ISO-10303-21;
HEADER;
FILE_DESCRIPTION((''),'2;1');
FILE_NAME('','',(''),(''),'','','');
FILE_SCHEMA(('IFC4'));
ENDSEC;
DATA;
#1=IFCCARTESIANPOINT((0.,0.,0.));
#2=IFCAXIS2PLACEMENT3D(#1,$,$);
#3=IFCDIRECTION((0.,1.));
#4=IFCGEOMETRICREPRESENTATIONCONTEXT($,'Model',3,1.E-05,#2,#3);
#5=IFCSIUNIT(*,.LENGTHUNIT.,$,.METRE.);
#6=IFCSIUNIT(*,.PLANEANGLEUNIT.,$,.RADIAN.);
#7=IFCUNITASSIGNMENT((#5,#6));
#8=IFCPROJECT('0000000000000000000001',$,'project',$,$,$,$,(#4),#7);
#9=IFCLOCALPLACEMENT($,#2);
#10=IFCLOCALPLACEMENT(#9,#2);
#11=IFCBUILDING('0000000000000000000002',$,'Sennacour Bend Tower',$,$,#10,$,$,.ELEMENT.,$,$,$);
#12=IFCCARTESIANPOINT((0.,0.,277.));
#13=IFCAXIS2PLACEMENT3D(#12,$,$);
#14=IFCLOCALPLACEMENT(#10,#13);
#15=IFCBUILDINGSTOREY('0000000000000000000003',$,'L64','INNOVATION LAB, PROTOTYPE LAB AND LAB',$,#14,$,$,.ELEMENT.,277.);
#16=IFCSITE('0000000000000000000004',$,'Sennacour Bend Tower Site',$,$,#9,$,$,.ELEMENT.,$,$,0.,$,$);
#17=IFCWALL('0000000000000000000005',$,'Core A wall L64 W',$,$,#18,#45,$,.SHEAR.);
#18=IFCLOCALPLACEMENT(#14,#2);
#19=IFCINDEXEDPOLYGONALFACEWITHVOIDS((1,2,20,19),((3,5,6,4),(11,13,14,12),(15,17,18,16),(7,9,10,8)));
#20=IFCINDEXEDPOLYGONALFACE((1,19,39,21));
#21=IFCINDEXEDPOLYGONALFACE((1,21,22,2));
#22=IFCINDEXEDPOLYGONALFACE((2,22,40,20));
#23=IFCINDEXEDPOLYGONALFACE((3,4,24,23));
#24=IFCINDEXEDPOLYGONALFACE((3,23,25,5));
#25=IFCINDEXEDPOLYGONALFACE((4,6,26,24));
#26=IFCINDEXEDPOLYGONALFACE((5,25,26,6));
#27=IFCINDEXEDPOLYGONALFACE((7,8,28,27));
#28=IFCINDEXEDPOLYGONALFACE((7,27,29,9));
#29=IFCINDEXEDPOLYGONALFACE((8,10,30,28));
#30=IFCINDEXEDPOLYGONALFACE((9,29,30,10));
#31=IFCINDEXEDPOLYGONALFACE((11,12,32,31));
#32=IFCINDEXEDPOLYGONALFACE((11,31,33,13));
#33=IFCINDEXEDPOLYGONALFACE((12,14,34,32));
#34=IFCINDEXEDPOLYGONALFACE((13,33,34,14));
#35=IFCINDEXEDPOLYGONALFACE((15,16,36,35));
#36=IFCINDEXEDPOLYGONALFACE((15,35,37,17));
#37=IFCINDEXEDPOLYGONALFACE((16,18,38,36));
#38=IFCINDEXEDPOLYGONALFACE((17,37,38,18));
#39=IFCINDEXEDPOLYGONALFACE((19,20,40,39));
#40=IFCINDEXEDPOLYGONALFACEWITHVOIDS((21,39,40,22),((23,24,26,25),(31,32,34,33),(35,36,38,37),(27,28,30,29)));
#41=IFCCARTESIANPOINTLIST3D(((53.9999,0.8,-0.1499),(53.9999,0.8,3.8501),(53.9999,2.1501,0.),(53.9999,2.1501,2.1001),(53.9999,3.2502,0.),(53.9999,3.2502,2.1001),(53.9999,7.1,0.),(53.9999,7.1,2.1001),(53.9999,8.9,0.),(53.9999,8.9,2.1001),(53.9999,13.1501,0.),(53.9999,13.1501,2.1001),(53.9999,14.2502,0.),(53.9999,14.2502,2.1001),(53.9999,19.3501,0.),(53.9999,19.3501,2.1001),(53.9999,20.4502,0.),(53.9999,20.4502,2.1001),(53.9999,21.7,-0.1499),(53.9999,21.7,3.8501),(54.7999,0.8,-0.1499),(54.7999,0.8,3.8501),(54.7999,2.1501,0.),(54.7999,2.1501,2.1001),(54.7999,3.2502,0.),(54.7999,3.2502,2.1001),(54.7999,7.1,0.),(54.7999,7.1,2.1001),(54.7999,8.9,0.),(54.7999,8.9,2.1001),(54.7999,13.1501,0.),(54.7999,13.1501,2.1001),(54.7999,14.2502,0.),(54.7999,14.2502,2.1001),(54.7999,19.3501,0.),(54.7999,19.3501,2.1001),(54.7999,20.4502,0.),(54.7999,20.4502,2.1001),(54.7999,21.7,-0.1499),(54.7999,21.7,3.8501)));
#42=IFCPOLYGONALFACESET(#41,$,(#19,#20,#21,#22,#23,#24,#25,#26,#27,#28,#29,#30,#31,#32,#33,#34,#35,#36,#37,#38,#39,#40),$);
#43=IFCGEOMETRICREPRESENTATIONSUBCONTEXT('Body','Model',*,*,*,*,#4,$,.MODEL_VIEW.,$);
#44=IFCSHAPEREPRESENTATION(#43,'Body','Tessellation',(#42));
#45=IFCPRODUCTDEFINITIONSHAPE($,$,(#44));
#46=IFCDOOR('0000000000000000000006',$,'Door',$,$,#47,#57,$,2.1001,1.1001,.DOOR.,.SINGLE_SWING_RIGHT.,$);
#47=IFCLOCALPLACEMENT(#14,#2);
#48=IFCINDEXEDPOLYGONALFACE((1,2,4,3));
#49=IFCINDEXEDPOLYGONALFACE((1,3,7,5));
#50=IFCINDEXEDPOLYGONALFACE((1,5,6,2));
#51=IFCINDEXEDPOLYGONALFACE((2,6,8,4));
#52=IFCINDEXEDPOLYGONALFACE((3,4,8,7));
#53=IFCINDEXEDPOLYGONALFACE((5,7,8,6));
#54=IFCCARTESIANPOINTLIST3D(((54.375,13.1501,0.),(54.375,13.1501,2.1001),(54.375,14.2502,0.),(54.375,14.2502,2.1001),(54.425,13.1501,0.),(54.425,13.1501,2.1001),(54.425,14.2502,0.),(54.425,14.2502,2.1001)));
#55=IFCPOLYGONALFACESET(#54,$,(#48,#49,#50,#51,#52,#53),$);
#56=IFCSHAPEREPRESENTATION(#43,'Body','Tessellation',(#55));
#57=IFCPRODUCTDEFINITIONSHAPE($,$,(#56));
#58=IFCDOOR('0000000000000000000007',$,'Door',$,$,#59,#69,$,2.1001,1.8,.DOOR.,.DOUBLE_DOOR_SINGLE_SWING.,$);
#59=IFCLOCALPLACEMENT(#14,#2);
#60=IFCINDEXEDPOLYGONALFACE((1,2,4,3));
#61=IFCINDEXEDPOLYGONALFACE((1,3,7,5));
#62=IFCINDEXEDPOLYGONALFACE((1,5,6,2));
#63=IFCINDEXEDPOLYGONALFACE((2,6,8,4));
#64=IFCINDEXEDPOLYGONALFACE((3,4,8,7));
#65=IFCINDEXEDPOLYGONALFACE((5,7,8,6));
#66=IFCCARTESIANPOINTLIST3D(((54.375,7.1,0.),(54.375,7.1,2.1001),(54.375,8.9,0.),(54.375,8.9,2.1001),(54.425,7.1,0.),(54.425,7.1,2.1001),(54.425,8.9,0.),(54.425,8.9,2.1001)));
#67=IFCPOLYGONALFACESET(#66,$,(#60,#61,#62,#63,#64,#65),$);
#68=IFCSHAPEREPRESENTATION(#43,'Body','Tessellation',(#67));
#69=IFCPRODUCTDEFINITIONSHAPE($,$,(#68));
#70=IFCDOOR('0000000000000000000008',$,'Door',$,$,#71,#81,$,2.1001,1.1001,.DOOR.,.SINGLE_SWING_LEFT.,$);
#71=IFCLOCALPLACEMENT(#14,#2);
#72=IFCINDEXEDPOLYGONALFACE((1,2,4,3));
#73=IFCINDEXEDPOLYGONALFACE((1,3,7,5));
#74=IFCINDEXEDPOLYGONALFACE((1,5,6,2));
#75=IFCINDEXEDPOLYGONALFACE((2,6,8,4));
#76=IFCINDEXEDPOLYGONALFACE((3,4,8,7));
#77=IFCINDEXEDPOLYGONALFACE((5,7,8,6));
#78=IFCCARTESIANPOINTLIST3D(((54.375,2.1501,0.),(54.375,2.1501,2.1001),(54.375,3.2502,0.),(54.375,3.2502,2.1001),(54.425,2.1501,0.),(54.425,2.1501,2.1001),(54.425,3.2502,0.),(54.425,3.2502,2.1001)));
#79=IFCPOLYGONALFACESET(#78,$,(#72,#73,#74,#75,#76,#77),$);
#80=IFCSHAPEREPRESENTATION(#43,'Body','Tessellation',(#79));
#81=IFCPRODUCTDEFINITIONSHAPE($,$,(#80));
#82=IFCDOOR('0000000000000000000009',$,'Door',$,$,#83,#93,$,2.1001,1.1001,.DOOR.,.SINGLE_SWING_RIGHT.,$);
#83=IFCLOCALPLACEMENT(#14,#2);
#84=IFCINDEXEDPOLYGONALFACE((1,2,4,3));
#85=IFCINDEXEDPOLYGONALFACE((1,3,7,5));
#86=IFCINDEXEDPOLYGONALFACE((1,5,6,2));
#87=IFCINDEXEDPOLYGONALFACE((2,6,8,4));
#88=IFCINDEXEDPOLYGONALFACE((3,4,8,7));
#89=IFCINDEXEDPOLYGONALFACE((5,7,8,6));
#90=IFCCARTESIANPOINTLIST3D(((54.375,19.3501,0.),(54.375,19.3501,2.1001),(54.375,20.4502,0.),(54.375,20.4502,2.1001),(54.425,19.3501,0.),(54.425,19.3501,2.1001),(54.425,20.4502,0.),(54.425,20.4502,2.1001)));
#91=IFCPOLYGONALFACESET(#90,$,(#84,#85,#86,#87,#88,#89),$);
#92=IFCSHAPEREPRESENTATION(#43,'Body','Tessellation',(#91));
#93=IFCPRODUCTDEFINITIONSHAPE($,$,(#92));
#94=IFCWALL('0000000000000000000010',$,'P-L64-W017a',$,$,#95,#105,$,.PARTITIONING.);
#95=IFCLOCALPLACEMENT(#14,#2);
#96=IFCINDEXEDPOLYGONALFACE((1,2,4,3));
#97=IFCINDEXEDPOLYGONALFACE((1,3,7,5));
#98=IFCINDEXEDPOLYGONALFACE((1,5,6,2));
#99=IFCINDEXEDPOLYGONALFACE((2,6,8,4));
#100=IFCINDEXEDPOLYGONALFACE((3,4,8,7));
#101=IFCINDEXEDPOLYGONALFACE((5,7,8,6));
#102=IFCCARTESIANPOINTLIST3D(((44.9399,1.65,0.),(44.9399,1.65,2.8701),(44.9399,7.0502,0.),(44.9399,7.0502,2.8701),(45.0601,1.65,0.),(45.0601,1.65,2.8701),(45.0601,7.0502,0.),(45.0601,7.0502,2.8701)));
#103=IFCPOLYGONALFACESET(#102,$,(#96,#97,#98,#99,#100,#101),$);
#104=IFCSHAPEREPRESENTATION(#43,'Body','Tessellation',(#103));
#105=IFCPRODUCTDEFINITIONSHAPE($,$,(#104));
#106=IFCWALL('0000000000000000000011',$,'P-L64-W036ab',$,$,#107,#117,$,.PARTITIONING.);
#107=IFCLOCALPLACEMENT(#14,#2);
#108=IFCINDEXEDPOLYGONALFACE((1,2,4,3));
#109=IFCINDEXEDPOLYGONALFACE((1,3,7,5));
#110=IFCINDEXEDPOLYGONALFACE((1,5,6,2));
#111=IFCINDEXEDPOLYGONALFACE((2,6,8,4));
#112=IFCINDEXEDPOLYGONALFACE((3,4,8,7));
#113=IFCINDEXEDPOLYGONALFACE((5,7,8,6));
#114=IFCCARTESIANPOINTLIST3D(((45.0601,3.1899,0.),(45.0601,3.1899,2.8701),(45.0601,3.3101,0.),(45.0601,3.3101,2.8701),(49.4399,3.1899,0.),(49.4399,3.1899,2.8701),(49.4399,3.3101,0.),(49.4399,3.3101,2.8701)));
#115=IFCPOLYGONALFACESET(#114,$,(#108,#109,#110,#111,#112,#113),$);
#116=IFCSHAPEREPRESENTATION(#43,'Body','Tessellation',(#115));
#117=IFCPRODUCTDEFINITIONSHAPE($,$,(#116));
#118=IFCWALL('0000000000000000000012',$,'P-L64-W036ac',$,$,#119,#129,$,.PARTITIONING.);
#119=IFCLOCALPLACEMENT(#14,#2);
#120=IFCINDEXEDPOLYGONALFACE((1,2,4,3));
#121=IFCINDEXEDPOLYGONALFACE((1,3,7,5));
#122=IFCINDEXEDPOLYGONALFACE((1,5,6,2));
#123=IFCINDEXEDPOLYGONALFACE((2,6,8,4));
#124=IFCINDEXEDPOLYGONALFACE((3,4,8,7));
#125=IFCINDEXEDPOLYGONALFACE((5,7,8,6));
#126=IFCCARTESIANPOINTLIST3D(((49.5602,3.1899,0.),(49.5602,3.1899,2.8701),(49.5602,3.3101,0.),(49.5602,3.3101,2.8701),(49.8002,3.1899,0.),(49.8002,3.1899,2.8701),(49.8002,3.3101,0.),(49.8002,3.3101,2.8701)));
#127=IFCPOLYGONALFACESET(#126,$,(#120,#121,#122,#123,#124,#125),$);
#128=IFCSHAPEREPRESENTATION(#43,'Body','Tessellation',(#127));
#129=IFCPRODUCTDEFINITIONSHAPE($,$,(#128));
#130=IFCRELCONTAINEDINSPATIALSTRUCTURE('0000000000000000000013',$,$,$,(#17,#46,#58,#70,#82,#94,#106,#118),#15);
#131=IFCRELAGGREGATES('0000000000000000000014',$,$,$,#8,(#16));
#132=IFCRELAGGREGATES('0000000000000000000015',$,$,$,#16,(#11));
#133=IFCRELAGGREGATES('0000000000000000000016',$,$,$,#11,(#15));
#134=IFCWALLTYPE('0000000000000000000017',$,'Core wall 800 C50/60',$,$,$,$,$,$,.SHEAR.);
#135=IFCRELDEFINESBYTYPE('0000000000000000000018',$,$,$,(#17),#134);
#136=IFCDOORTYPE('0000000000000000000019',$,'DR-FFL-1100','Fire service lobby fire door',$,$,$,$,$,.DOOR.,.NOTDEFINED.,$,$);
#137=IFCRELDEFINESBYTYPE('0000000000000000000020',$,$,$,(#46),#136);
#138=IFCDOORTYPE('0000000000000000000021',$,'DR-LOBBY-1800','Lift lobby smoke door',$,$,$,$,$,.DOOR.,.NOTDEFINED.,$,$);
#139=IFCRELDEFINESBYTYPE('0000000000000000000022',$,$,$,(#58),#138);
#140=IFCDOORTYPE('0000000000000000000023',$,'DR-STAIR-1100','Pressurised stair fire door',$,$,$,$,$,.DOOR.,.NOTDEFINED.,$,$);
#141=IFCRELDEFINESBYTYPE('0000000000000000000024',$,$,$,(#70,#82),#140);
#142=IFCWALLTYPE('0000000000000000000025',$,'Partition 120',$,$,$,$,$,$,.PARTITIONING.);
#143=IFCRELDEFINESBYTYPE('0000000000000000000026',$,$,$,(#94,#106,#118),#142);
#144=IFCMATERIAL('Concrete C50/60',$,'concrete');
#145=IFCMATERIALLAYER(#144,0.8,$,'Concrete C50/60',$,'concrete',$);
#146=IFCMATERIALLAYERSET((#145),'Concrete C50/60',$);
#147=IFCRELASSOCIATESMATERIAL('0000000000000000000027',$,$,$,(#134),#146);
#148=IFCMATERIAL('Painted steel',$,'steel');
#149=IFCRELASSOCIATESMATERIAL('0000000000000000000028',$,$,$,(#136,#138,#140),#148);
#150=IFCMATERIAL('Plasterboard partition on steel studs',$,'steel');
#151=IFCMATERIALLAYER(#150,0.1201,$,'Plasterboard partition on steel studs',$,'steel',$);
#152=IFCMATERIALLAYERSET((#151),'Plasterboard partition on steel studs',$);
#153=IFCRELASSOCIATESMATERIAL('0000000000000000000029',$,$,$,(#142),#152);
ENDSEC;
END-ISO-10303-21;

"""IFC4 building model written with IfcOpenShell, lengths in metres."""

from ifc_helpers import new_model, si_unit, direction, frame, frame_2d, origin, place, context, subcontext, project, spatial, rectangle, extrude, material, layer, layer_set, type_object, element, fill, save


model = new_model("IFC4")

# Units and contexts
model_context = context("Model", 3, precision=1e-05, world=origin(), true_north=direction((0.0, 1.0)))
body_context = subcontext(model_context, "Body", "Model", "MODEL_VIEW")
ifc_project = project(units=[si_unit("LENGTHUNIT", "METRE"), si_unit("PLANEANGLEUNIT", "RADIAN")], contexts=[model_context])

# Site, building, storey
site_placement = place(None, origin())
site = spatial("IfcSite", under=ifc_project, at=site_placement, Name="Sennacour Bend Tower Site", CompositionType="ELEMENT", RefElevation=0.0)
building_placement = place(site_placement, origin())
building = spatial("IfcBuilding", under=site, at=building_placement, Name="Sennacour Bend Tower", CompositionType="ELEMENT")
storey_placement = place(building_placement, frame((0.0, 0.0, 277.0)))
storey = spatial("IfcBuildingStorey", under=building, at=storey_placement, Name="L64", Description="INNOVATION LAB, PROTOTYPE LAB AND LAB", CompositionType="ELEMENT", Elevation=277.0)

# Wall, openings, doors
ifc_material_1 = material(Name="Concrete C50/60", Category="concrete")
ifc_layer_1 = layer(ifc_material_1, 0.8, Name="Concrete C50/60", Category="concrete")
ifc_layer_set_1 = layer_set([ifc_layer_1], Name="Concrete C50/60")
wall_type_1 = type_object("IfcWallType", Name="Core wall 800 C50/60", PredefinedType="SHEAR", material=ifc_layer_set_1)
wall_1_placement = place(storey_placement, frame((54.3999, 0.8, -0.1499), z_axis=(0.0, 0.0, 1.0), x_axis=(0.0, 1.0, 0.0)))
wall_1 = element("IfcWall", 1, at=wall_1_placement, inside=storey, type_object=wall_type_1, Name="Core A wall L64 W", PredefinedType="SHEAR", context=body_context, shape_type="SweptSolid", body=[
    extrude(rectangle(XDim=20.8999, YDim=0.8, at=frame_2d((10.45, 0.0))), origin(), (0.0, 0.0, 1.0), 4.0),
])
opening_1_placement = place(wall_1_placement, frame((6.3, 0.0, 0.1499)))
opening_1 = element("IfcOpeningElement", 2, at=opening_1_placement, cuts=wall_1, PredefinedType="OPENING", context=body_context, shape_type="SweptSolid", body=[
    extrude(rectangle(XDim=1.8, YDim=2.1001, at=frame_2d((0.8999, 1.05))), frame((0.0, 0.4102, 0.0), z_axis=(0.0, -1.0, 0.0), x_axis=(1.0, 0.0, 0.0)), (0.0, 0.0, 1.0), 0.8201),
])
opening_2_placement = place(wall_1_placement, frame((12.3501, 0.0, 0.1499)))
opening_2 = element("IfcOpeningElement", 3, at=opening_2_placement, cuts=wall_1, PredefinedType="OPENING", context=body_context, shape_type="SweptSolid", body=[
    extrude(rectangle(XDim=1.1001, YDim=2.1001, at=frame_2d((0.55, 1.05))), frame((0.0, 0.4102, 0.0), z_axis=(0.0, -1.0, 0.0), x_axis=(1.0, 0.0, 0.0)), (0.0, 0.0, 1.0), 0.8201),
])
opening_3_placement = place(wall_1_placement, frame((1.3501, 0.0, 0.1499)))
opening_3 = element("IfcOpeningElement", 4, at=opening_3_placement, cuts=wall_1, PredefinedType="OPENING", context=body_context, shape_type="SweptSolid", body=[
    extrude(rectangle(XDim=1.1001, YDim=2.1001, at=frame_2d((0.55, 1.05))), frame((0.0, 0.4102, 0.0), z_axis=(0.0, -1.0, 0.0), x_axis=(1.0, 0.0, 0.0)), (0.0, 0.0, 1.0), 0.8201),
])
opening_4_placement = place(wall_1_placement, frame((18.55, 0.0, 0.1499)))
opening_4 = element("IfcOpeningElement", 5, at=opening_4_placement, cuts=wall_1, PredefinedType="OPENING", context=body_context, shape_type="SweptSolid", body=[
    extrude(rectangle(XDim=1.1001, YDim=2.1001, at=frame_2d((0.55, 1.05))), frame((0.0, 0.4102, 0.0), z_axis=(0.0, -1.0, 0.0), x_axis=(1.0, 0.0, 0.0)), (0.0, 0.0, 1.0), 0.8201),
])
ifc_material_2 = material(Name="Painted steel", Category="steel")
door_type_1 = type_object("IfcDoorType", Name="DR-FFL-1100", Description="Fire service lobby fire door", OperationType="NOTDEFINED", PredefinedType="DOOR", material=ifc_material_2)
door_1_placement = place(opening_2_placement, origin())
door_1 = element("IfcDoor", 6, at=door_1_placement, inside=storey, type_object=door_type_1, Name="Door", OperationType="SINGLE_SWING_RIGHT", OverallHeight=2.1001, OverallWidth=1.1001, PredefinedType="DOOR", context=body_context, shape_type="SweptSolid", body=[
    extrude(rectangle(XDim=1.1001, YDim=2.1001, at=frame_2d((0.55, 1.05))), frame((0.0, 0.0249, 0.0), z_axis=(0.0, -1.0, 0.0), x_axis=(1.0, 0.0, 0.0)), (0.0, 0.0, 1.0), 0.05),
])
fill(opening_2, door_1)
door_type_2 = type_object("IfcDoorType", Name="DR-LOBBY-1800", Description="Lift lobby smoke door", OperationType="NOTDEFINED", PredefinedType="DOOR", material=ifc_material_2)
door_2_placement = place(opening_1_placement, origin())
door_2 = element("IfcDoor", 7, at=door_2_placement, inside=storey, type_object=door_type_2, Name="Door", OperationType="DOUBLE_DOOR_SINGLE_SWING", OverallHeight=2.1001, OverallWidth=1.8, PredefinedType="DOOR", context=body_context, shape_type="SweptSolid", body=[
    extrude(rectangle(XDim=1.8, YDim=2.1001, at=frame_2d((0.8999, 1.05))), frame((0.0, 0.0249, 0.0), z_axis=(0.0, -1.0, 0.0), x_axis=(1.0, 0.0, 0.0)), (0.0, 0.0, 1.0), 0.05),
])
fill(opening_1, door_2)
door_type_3 = type_object("IfcDoorType", Name="DR-STAIR-1100", Description="Pressurised stair fire door", OperationType="NOTDEFINED", PredefinedType="DOOR", material=ifc_material_2)
door_3_placement = place(opening_3_placement, origin())
door_3 = element("IfcDoor", 8, at=door_3_placement, inside=storey, type_object=door_type_3, Name="Door", OperationType="SINGLE_SWING_LEFT", OverallHeight=2.1001, OverallWidth=1.1001, PredefinedType="DOOR", context=body_context, shape_type="SweptSolid", body=[
    extrude(rectangle(XDim=1.1001, YDim=2.1001, at=frame_2d((0.55, 1.05))), frame((0.0, 0.0249, 0.0), z_axis=(0.0, -1.0, 0.0), x_axis=(1.0, 0.0, 0.0)), (0.0, 0.0, 1.0), 0.05),
])
fill(opening_3, door_3)
door_4_placement = place(opening_4_placement, origin())
door_4 = element("IfcDoor", 9, at=door_4_placement, inside=storey, type_object=door_type_3, Name="Door", OperationType="SINGLE_SWING_RIGHT", OverallHeight=2.1001, OverallWidth=1.1001, PredefinedType="DOOR", context=body_context, shape_type="SweptSolid", body=[
    extrude(rectangle(XDim=1.1001, YDim=2.1001, at=frame_2d((0.55, 1.05))), frame((0.0, 0.0249, 0.0), z_axis=(0.0, -1.0, 0.0), x_axis=(1.0, 0.0, 0.0)), (0.0, 0.0, 1.0), 0.05),
])
fill(opening_4, door_4)

# Walls
ifc_material_3 = material(Name="Plasterboard partition on steel studs", Category="steel")
ifc_layer_2 = layer(ifc_material_3, 0.1201, Name="Plasterboard partition on steel studs", Category="steel")
ifc_layer_set_2 = layer_set([ifc_layer_2], Name="Plasterboard partition on steel studs")
wall_type_2 = type_object("IfcWallType", Name="Partition 120", PredefinedType="PARTITIONING", material=ifc_layer_set_2)
wall_2_placement = place(storey_placement, frame((45.0, 1.6499, 0.0), z_axis=(0.0, 0.0, 1.0), x_axis=(0.0, 1.0, 0.0)))
element("IfcWall", 10, at=wall_2_placement, inside=storey, type_object=wall_type_2, Name="P-L64-W017a", PredefinedType="PARTITIONING", context=body_context, shape_type="SweptSolid", body=[
    extrude(rectangle(XDim=5.4001, YDim=0.1201, at=frame_2d((2.7002, 0.0))), origin(), (0.0, 0.0, 1.0), 2.8701),
])
wall_3_placement = place(storey_placement, frame((45.0601, 3.25, 0.0), z_axis=(0.0, 0.0, 1.0), x_axis=(1.0, 0.0, 0.0)))
element("IfcWall", 11, at=wall_3_placement, inside=storey, type_object=wall_type_2, Name="P-L64-W036ab", PredefinedType="PARTITIONING", context=body_context, shape_type="SweptSolid", body=[
    extrude(rectangle(XDim=4.3799, YDim=0.1201, at=frame_2d((2.1899, 0.0))), origin(), (0.0, 0.0, 1.0), 2.8701),
])
wall_4_placement = place(storey_placement, frame((49.5601, 3.25, 0.0), z_axis=(0.0, 0.0, 1.0), x_axis=(1.0, 0.0, 0.0)))
element("IfcWall", 12, at=wall_4_placement, inside=storey, type_object=wall_type_2, Name="P-L64-W036ac", PredefinedType="PARTITIONING", context=body_context, shape_type="SweptSolid", body=[
    extrude(rectangle(XDim=0.24, YDim=0.1201, at=frame_2d((0.1201, 0.0))), origin(), (0.0, 0.0, 1.0), 2.8701),
])

save(model, "model.ifc")
